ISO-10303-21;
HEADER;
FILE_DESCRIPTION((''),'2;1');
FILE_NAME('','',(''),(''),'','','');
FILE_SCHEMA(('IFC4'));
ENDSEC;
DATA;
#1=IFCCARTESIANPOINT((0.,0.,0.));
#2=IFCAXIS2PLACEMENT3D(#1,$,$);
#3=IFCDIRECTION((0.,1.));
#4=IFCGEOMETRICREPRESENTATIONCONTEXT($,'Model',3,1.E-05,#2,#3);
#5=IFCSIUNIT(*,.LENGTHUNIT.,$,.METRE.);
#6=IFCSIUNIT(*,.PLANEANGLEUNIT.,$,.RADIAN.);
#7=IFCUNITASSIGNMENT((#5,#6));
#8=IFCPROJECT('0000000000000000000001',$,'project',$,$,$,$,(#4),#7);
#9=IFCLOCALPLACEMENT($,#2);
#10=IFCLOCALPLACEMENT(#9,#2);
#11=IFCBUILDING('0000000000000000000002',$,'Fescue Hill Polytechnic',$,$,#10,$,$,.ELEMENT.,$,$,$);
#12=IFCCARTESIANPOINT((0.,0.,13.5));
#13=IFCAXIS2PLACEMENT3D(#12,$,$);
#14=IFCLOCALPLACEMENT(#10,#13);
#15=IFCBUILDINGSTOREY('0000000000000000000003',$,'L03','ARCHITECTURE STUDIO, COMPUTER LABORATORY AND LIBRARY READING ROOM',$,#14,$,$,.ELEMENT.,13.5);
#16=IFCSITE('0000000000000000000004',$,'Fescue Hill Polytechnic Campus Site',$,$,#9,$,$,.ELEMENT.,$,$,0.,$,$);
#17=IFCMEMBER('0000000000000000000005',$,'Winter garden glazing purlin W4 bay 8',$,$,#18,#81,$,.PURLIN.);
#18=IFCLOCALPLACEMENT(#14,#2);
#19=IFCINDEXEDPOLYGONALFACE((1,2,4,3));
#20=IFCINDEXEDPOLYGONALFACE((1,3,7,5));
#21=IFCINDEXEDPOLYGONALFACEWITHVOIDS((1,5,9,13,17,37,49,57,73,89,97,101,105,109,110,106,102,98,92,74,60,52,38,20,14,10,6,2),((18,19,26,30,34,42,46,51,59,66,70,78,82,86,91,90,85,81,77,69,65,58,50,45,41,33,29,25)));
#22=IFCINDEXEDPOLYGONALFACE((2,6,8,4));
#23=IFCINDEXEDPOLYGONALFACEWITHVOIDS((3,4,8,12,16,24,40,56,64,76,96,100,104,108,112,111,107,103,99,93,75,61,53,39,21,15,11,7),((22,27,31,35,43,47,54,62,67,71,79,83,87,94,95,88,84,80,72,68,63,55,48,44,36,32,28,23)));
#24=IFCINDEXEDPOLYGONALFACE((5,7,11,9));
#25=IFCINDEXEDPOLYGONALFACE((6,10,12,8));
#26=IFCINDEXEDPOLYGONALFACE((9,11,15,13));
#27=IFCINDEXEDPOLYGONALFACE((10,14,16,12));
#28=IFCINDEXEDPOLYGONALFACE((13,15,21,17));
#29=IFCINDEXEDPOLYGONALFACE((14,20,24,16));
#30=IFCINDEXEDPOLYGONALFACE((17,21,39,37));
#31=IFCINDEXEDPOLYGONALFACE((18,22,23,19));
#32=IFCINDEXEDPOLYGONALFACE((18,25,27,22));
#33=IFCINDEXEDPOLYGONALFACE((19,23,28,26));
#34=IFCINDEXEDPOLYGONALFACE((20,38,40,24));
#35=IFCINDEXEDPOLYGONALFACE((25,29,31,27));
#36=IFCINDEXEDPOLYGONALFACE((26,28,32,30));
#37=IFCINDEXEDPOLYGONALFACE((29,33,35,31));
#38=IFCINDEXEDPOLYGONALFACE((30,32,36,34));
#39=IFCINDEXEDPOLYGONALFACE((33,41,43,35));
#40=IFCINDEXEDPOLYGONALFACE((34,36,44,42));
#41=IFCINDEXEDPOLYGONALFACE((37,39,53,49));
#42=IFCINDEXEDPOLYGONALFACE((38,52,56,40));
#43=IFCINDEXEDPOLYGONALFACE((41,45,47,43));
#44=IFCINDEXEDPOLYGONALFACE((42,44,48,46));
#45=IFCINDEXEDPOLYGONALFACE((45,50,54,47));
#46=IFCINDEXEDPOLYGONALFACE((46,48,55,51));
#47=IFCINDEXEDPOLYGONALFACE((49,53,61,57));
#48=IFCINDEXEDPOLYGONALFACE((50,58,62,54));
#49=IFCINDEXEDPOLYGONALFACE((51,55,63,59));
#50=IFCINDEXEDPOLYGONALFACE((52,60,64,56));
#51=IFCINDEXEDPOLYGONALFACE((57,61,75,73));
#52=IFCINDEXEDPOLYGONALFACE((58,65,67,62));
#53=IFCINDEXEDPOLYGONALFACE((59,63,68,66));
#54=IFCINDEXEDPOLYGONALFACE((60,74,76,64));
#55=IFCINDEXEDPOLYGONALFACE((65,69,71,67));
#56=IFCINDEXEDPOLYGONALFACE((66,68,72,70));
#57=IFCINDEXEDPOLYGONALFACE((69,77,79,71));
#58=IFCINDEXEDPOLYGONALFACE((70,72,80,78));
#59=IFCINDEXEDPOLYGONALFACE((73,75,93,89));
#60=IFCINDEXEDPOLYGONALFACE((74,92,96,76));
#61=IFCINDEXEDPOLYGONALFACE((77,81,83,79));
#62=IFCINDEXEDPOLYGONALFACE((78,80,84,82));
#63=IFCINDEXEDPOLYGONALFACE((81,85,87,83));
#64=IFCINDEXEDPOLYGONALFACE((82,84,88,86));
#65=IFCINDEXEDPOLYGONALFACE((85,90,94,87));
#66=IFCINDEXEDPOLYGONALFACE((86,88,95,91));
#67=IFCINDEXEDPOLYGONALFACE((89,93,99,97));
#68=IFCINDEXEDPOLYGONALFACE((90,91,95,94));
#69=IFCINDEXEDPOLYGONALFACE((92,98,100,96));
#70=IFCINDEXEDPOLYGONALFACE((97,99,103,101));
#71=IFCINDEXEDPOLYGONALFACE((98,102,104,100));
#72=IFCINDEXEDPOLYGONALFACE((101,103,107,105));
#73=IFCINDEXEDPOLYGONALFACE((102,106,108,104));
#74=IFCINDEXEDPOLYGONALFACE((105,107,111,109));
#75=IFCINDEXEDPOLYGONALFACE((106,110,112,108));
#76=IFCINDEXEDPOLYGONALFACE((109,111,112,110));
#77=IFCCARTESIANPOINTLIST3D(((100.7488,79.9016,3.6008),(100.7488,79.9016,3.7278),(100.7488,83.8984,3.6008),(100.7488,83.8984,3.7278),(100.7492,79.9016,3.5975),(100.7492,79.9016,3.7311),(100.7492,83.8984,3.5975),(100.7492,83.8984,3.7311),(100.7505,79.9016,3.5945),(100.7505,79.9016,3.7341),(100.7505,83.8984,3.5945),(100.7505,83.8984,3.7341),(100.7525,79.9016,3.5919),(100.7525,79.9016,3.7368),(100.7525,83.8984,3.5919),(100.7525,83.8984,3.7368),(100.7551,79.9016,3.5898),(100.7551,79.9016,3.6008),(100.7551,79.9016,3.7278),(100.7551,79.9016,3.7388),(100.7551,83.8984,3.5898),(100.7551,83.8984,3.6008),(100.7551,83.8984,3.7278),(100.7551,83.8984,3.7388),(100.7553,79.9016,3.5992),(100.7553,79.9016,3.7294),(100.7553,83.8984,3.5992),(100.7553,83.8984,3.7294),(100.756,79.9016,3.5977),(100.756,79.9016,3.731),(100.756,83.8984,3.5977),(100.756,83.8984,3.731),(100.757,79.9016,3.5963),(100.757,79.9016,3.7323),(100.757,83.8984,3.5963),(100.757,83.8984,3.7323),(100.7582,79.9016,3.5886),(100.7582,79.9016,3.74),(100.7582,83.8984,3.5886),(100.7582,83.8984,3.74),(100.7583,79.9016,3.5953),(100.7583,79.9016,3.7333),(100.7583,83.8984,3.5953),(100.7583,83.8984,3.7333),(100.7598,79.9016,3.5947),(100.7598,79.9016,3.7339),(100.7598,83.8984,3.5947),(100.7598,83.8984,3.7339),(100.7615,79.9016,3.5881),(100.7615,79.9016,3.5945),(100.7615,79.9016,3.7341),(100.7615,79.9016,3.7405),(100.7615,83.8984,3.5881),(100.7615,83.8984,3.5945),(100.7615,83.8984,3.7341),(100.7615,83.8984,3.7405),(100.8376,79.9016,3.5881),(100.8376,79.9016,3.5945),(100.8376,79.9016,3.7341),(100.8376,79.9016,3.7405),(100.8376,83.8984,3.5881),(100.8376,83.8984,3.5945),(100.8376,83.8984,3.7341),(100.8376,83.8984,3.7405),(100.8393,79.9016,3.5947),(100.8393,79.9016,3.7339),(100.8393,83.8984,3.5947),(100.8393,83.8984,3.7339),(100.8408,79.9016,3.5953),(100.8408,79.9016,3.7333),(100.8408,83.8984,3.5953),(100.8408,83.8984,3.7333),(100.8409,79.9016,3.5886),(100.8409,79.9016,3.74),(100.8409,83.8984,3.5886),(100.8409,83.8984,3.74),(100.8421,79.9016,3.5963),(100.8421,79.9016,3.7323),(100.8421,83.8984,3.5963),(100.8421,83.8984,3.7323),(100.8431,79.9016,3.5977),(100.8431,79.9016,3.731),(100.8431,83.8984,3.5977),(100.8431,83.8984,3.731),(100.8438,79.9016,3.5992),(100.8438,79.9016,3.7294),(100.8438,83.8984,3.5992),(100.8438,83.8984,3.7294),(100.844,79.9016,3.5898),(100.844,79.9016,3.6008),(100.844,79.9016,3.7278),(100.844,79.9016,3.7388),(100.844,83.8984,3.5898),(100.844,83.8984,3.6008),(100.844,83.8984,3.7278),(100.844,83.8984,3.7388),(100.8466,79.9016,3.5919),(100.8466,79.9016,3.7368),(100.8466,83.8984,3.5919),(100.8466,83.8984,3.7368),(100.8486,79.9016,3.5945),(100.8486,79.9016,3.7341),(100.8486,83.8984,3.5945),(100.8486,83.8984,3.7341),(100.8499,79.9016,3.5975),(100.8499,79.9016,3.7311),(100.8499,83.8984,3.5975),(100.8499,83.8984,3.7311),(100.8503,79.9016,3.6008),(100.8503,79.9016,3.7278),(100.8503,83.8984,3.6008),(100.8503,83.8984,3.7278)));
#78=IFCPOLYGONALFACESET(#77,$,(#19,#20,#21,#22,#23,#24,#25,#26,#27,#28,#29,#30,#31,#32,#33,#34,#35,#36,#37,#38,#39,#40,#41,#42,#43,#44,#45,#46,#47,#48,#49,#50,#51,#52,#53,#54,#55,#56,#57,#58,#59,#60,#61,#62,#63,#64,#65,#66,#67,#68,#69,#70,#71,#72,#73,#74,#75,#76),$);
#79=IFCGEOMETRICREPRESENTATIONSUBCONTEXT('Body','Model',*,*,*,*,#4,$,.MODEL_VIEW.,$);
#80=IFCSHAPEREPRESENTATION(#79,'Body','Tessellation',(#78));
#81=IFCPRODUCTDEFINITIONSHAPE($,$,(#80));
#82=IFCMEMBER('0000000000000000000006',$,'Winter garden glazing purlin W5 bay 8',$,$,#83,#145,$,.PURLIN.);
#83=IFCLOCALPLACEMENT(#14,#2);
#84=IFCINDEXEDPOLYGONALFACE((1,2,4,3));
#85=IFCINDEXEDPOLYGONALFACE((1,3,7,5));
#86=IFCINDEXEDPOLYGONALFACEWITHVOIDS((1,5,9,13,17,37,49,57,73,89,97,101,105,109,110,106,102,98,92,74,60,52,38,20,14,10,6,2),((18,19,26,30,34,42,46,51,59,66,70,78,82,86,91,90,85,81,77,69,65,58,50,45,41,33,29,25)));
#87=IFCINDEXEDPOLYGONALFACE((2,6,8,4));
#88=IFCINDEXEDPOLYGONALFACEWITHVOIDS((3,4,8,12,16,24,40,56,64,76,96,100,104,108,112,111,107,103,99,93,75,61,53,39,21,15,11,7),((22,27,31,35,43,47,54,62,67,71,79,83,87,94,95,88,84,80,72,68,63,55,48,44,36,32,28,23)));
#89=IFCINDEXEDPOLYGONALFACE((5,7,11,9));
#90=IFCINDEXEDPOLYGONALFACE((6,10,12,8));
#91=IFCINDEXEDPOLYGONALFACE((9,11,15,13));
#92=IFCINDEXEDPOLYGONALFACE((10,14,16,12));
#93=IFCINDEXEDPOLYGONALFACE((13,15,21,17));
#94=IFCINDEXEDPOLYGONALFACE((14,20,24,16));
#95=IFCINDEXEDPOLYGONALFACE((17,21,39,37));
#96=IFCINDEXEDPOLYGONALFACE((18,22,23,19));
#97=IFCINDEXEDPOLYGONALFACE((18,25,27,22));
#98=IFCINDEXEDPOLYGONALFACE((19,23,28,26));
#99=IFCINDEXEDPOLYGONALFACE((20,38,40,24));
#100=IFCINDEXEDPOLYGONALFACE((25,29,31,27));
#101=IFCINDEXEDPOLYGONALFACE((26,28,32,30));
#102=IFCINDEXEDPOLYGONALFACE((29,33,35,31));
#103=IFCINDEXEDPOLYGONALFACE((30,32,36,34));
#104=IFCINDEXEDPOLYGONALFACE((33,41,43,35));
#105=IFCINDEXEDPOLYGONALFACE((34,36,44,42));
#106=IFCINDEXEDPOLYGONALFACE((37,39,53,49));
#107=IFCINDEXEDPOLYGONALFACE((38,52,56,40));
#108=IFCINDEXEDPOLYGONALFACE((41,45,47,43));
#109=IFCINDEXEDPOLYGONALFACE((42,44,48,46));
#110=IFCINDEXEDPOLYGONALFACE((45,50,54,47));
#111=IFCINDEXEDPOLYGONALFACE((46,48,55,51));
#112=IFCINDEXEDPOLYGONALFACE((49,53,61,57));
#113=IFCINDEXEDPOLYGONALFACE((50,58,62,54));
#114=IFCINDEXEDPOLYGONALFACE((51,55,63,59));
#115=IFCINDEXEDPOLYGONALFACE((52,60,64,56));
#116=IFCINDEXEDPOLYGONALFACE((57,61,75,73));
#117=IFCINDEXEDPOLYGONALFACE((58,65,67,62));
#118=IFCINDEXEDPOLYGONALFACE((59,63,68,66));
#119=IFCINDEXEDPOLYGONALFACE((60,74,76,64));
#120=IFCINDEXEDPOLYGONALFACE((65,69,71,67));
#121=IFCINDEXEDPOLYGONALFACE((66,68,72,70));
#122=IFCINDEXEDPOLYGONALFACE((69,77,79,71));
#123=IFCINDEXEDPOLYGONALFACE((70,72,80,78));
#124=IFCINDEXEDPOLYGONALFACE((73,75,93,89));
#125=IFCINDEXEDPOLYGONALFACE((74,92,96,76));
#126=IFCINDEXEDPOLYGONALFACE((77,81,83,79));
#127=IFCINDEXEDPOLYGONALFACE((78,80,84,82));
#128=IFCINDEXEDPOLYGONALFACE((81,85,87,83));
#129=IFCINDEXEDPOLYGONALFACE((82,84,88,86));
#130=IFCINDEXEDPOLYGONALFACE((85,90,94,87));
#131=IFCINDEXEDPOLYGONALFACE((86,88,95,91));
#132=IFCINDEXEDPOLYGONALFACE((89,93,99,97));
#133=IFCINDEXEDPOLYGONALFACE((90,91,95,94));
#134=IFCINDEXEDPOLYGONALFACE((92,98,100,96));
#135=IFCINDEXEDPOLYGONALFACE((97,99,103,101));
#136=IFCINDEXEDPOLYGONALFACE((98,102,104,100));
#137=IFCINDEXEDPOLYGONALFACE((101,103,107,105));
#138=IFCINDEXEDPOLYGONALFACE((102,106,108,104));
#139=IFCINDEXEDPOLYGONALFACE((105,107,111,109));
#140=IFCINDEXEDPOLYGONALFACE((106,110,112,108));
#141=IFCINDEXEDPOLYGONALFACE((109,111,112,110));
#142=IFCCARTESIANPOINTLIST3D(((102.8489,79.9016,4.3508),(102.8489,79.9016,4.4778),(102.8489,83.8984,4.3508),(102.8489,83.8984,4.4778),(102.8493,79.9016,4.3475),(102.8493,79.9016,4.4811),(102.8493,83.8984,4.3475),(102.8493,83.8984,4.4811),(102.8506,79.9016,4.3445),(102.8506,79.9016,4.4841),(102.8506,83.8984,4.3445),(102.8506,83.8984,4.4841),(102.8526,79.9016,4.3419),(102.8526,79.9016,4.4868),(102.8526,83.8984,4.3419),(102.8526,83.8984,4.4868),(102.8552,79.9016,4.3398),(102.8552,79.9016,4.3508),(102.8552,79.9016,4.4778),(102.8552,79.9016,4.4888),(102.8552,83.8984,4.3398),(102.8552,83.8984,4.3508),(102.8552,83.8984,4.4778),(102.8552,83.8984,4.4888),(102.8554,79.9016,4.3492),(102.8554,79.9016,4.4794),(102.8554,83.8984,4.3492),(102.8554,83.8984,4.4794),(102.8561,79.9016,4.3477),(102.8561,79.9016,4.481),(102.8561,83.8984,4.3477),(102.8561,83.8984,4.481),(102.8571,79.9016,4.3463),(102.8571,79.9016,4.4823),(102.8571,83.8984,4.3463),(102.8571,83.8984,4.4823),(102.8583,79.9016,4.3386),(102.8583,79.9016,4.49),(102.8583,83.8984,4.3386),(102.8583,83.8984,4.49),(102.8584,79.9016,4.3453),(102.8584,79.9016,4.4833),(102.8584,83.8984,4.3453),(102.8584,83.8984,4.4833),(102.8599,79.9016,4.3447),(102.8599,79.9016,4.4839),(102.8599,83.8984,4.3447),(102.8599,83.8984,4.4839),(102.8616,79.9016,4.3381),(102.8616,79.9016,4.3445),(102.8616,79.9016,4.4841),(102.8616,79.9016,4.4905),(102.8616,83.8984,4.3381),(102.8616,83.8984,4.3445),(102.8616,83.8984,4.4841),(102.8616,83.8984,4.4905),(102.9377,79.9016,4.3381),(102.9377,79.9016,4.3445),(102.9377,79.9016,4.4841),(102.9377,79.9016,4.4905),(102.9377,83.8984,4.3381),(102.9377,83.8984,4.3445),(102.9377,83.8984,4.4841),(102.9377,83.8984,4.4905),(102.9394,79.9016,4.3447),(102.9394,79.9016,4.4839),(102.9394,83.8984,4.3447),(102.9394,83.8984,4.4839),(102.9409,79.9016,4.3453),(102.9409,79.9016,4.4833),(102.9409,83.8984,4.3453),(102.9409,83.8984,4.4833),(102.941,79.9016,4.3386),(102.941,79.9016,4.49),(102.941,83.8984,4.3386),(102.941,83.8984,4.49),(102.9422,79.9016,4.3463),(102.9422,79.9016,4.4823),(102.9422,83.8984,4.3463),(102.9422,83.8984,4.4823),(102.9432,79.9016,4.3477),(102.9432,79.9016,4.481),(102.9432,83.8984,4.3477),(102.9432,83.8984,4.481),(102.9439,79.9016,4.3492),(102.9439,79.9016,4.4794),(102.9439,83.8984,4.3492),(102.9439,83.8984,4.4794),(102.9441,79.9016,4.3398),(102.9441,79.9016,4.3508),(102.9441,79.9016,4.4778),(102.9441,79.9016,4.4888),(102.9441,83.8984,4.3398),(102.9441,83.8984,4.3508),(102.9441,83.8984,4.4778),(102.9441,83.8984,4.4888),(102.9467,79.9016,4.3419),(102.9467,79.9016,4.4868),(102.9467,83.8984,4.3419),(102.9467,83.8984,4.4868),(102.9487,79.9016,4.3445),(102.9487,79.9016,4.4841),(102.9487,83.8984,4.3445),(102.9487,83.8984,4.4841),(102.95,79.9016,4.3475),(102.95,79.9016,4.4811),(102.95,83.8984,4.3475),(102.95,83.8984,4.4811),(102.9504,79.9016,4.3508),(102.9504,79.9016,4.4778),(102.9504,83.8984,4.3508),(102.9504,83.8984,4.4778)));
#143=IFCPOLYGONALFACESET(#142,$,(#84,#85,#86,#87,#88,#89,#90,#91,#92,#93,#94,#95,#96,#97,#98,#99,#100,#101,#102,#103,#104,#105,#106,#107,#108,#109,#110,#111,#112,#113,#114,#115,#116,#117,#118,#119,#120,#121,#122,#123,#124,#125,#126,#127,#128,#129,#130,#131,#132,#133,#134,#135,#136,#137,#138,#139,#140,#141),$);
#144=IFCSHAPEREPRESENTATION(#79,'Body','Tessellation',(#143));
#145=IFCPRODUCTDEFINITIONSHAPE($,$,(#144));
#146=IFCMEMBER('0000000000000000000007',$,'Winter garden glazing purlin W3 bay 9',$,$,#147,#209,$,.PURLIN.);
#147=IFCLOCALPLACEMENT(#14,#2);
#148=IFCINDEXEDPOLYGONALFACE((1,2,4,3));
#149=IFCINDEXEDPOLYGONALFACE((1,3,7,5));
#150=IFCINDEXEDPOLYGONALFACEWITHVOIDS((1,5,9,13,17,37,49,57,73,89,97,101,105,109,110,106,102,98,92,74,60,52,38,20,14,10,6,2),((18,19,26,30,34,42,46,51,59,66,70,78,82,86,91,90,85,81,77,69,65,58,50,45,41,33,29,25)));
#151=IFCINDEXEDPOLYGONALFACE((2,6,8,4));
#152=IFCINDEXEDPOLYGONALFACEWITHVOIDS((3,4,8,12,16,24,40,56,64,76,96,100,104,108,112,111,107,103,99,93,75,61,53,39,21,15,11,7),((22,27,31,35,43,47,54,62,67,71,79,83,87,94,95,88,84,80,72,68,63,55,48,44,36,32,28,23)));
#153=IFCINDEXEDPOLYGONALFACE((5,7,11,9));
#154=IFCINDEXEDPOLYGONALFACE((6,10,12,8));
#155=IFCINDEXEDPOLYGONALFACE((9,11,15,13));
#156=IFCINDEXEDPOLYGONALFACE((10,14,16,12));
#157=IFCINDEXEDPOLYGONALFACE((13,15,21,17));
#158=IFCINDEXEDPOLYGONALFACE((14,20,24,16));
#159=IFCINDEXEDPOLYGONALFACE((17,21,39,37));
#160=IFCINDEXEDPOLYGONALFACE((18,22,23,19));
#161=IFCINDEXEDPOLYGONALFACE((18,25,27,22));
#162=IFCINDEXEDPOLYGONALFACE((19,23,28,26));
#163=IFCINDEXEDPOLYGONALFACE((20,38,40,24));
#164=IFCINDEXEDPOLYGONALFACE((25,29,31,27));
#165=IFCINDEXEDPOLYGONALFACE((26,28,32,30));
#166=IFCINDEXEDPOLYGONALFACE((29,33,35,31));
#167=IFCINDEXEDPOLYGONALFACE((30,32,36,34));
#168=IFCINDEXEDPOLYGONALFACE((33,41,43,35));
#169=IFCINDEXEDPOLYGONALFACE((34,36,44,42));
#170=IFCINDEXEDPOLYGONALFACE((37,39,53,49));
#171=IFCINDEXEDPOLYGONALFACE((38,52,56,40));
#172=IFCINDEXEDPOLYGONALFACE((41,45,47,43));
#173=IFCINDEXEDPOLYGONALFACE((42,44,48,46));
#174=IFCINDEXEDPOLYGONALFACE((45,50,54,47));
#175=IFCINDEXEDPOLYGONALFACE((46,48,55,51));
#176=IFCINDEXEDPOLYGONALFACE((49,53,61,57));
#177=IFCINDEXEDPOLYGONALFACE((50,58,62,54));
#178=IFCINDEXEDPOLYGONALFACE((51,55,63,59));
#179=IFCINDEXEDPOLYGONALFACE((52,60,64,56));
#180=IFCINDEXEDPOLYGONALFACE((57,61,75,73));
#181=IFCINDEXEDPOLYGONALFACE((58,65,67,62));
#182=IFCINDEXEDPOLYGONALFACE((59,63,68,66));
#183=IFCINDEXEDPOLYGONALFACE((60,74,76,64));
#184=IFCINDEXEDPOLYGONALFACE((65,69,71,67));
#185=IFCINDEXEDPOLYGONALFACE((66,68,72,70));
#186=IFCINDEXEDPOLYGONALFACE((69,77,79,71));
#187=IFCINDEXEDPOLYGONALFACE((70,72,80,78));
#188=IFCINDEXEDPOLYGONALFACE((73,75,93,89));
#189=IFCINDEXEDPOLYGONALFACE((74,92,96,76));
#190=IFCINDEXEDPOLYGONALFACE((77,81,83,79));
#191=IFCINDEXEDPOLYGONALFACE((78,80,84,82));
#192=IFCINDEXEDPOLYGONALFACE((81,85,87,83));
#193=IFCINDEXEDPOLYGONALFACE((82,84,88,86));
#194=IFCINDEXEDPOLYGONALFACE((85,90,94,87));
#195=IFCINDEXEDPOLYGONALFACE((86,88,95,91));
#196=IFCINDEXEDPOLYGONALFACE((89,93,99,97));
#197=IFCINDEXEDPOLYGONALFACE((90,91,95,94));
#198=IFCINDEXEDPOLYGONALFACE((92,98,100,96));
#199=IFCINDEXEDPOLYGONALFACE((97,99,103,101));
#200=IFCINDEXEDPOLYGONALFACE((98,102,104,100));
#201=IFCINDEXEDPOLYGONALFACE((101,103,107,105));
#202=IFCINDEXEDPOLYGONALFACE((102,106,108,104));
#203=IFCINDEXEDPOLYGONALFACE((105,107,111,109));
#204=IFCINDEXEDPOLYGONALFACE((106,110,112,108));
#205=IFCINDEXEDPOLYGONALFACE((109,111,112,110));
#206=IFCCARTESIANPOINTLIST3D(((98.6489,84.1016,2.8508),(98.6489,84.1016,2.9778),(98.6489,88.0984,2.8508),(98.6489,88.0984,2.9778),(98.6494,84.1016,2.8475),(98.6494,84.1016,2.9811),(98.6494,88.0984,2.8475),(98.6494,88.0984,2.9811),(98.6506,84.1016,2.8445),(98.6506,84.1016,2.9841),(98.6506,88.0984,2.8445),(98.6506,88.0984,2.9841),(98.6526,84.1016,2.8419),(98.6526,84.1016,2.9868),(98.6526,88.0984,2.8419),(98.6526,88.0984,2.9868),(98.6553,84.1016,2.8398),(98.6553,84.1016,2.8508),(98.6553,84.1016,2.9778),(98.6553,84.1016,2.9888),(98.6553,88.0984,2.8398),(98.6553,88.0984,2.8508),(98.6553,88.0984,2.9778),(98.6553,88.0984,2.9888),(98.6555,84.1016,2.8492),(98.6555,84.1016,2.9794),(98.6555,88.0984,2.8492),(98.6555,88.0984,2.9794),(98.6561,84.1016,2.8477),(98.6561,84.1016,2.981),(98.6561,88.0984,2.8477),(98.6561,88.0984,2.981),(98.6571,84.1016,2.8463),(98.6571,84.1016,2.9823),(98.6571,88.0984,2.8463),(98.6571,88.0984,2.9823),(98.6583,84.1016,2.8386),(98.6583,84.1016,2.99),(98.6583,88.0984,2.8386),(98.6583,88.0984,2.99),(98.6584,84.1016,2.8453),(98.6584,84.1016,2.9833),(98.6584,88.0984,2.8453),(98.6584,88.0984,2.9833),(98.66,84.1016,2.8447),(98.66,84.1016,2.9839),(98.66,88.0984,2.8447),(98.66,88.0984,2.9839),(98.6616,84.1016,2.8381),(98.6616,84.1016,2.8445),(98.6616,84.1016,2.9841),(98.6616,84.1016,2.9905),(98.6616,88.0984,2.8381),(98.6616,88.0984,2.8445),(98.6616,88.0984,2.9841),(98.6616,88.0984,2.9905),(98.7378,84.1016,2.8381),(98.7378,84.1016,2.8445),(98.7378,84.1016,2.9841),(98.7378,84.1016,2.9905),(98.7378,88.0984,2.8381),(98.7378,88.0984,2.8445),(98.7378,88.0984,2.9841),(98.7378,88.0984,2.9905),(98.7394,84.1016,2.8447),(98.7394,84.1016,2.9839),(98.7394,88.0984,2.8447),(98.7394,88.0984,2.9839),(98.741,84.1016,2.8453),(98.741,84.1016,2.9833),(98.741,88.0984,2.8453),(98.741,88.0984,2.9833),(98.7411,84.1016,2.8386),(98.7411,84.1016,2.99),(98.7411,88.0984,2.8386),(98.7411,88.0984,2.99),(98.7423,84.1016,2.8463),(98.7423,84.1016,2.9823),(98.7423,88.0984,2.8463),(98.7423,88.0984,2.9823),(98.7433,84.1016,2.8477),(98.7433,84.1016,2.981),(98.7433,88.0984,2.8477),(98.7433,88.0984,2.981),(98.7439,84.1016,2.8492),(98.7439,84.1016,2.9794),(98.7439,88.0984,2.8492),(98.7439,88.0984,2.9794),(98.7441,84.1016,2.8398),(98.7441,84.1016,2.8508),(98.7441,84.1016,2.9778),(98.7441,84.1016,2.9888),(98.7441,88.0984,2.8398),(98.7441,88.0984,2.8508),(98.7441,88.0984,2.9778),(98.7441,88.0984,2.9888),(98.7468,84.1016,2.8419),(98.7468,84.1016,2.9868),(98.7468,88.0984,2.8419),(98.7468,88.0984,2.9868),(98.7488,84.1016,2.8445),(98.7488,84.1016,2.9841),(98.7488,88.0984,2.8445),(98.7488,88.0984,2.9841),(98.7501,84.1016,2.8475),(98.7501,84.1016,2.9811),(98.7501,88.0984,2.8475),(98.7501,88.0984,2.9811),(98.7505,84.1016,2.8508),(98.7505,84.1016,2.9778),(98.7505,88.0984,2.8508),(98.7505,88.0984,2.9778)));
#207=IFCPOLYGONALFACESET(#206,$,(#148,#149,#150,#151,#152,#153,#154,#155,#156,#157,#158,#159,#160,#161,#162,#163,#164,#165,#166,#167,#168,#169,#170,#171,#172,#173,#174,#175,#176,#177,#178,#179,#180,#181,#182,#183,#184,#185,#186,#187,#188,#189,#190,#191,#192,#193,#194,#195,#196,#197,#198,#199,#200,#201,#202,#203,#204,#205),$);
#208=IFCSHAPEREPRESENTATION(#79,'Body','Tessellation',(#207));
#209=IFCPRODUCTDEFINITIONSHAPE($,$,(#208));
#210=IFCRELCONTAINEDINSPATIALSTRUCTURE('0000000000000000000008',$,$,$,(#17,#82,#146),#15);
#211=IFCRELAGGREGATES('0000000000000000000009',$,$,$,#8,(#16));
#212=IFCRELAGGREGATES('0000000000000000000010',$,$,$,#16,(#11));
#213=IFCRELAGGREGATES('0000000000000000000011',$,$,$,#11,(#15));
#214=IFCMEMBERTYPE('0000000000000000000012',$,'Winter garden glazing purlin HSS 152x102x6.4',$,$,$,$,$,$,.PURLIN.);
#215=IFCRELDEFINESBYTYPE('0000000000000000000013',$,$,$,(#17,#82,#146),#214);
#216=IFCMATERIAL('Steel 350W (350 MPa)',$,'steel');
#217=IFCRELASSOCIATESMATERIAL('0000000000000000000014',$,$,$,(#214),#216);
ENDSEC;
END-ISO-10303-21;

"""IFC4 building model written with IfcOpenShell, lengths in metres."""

from ifc_helpers import new_model, si_unit, direction, frame, origin, origin_2d, place, context, subcontext, project, spatial, hollow_rectangle, extrude, material, material_profile, profile_set, type_object, element, save


model = new_model("IFC4")

# Units and contexts
model_context = context("Model", 3, precision=1e-05, world=origin(), true_north=direction((0.0, 1.0)))
body_context = subcontext(model_context, "Body", "Model", "MODEL_VIEW")
ifc_project = project(units=[si_unit("LENGTHUNIT", "METRE"), si_unit("PLANEANGLEUNIT", "RADIAN")], contexts=[model_context])

# Site, building, storey
site_placement = place(None, origin())
site = spatial("IfcSite", under=ifc_project, at=site_placement, Name="Fescue Hill Polytechnic Campus Site", CompositionType="ELEMENT", RefElevation=0.0)
building_placement = place(site_placement, origin())
building = spatial("IfcBuilding", under=site, at=building_placement, Name="Fescue Hill Polytechnic", CompositionType="ELEMENT")
storey_placement = place(building_placement, frame((0.0, 0.0, 13.5)))
storey = spatial("IfcBuildingStorey", under=building, at=storey_placement, Name="L03", Description="ARCHITECTURE STUDIO, COMPUTER LABORATORY AND LIBRARY READING ROOM", CompositionType="ELEMENT", Elevation=13.5)

# Members
ifc_material_1 = material(Name="Steel 350W (350 MPa)", Category="steel")
ifc_material_profile_1 = material_profile(ifc_material_1, hollow_rectangle(XDim=0.1016, YDim=0.1523, WallThickness=0.0063, InnerFilletRadius=0.0063, OuterFilletRadius=0.0127, at=origin_2d()), Name="Winter garden glazing purlin HSS 152x102x6.4")
ifc_profile_set_1 = profile_set([ifc_material_profile_1], Name="Steel 350W (350 MPa)")
member_type_1 = type_object("IfcMemberType", Name="Winter garden glazing purlin HSS 152x102x6.4", PredefinedType="PURLIN", material=ifc_profile_set_1)
for number, where, z_axis, x_axis, name in (
    (1, (100.7996, 79.9016, 3.6643), (0.0, 1.0, 0.0), (-1.0, 0.0, 0.0), "Winter garden glazing purlin W4 bay 8"),
    (2, (102.8997, 79.9016, 4.4143), (0.0, 1.0, 0.0), (-1.0, 0.0, 0.0), "Winter garden glazing purlin W5 bay 8"),
    (3, (98.6997, 84.1016, 2.9143), (0.0, 1.0, 0.0), (-1.0, 0.0, 0.0), "Winter garden glazing purlin W3 bay 9"),
):
    element("IfcMember", number, at=place(storey_placement, frame(where, z_axis=z_axis, x_axis=x_axis)), inside=storey, type_object=member_type_1, Name=name, PredefinedType="PURLIN", context=body_context, shape_type="SweptSolid", body=[
        extrude(hollow_rectangle(XDim=0.1016, YDim=0.1523, WallThickness=0.0063, InnerFilletRadius=0.0063, OuterFilletRadius=0.0127, at=origin_2d()), origin(), (0.0, 0.0, 1.0), 3.9968),
    ])

save(model, "model.ifc")
